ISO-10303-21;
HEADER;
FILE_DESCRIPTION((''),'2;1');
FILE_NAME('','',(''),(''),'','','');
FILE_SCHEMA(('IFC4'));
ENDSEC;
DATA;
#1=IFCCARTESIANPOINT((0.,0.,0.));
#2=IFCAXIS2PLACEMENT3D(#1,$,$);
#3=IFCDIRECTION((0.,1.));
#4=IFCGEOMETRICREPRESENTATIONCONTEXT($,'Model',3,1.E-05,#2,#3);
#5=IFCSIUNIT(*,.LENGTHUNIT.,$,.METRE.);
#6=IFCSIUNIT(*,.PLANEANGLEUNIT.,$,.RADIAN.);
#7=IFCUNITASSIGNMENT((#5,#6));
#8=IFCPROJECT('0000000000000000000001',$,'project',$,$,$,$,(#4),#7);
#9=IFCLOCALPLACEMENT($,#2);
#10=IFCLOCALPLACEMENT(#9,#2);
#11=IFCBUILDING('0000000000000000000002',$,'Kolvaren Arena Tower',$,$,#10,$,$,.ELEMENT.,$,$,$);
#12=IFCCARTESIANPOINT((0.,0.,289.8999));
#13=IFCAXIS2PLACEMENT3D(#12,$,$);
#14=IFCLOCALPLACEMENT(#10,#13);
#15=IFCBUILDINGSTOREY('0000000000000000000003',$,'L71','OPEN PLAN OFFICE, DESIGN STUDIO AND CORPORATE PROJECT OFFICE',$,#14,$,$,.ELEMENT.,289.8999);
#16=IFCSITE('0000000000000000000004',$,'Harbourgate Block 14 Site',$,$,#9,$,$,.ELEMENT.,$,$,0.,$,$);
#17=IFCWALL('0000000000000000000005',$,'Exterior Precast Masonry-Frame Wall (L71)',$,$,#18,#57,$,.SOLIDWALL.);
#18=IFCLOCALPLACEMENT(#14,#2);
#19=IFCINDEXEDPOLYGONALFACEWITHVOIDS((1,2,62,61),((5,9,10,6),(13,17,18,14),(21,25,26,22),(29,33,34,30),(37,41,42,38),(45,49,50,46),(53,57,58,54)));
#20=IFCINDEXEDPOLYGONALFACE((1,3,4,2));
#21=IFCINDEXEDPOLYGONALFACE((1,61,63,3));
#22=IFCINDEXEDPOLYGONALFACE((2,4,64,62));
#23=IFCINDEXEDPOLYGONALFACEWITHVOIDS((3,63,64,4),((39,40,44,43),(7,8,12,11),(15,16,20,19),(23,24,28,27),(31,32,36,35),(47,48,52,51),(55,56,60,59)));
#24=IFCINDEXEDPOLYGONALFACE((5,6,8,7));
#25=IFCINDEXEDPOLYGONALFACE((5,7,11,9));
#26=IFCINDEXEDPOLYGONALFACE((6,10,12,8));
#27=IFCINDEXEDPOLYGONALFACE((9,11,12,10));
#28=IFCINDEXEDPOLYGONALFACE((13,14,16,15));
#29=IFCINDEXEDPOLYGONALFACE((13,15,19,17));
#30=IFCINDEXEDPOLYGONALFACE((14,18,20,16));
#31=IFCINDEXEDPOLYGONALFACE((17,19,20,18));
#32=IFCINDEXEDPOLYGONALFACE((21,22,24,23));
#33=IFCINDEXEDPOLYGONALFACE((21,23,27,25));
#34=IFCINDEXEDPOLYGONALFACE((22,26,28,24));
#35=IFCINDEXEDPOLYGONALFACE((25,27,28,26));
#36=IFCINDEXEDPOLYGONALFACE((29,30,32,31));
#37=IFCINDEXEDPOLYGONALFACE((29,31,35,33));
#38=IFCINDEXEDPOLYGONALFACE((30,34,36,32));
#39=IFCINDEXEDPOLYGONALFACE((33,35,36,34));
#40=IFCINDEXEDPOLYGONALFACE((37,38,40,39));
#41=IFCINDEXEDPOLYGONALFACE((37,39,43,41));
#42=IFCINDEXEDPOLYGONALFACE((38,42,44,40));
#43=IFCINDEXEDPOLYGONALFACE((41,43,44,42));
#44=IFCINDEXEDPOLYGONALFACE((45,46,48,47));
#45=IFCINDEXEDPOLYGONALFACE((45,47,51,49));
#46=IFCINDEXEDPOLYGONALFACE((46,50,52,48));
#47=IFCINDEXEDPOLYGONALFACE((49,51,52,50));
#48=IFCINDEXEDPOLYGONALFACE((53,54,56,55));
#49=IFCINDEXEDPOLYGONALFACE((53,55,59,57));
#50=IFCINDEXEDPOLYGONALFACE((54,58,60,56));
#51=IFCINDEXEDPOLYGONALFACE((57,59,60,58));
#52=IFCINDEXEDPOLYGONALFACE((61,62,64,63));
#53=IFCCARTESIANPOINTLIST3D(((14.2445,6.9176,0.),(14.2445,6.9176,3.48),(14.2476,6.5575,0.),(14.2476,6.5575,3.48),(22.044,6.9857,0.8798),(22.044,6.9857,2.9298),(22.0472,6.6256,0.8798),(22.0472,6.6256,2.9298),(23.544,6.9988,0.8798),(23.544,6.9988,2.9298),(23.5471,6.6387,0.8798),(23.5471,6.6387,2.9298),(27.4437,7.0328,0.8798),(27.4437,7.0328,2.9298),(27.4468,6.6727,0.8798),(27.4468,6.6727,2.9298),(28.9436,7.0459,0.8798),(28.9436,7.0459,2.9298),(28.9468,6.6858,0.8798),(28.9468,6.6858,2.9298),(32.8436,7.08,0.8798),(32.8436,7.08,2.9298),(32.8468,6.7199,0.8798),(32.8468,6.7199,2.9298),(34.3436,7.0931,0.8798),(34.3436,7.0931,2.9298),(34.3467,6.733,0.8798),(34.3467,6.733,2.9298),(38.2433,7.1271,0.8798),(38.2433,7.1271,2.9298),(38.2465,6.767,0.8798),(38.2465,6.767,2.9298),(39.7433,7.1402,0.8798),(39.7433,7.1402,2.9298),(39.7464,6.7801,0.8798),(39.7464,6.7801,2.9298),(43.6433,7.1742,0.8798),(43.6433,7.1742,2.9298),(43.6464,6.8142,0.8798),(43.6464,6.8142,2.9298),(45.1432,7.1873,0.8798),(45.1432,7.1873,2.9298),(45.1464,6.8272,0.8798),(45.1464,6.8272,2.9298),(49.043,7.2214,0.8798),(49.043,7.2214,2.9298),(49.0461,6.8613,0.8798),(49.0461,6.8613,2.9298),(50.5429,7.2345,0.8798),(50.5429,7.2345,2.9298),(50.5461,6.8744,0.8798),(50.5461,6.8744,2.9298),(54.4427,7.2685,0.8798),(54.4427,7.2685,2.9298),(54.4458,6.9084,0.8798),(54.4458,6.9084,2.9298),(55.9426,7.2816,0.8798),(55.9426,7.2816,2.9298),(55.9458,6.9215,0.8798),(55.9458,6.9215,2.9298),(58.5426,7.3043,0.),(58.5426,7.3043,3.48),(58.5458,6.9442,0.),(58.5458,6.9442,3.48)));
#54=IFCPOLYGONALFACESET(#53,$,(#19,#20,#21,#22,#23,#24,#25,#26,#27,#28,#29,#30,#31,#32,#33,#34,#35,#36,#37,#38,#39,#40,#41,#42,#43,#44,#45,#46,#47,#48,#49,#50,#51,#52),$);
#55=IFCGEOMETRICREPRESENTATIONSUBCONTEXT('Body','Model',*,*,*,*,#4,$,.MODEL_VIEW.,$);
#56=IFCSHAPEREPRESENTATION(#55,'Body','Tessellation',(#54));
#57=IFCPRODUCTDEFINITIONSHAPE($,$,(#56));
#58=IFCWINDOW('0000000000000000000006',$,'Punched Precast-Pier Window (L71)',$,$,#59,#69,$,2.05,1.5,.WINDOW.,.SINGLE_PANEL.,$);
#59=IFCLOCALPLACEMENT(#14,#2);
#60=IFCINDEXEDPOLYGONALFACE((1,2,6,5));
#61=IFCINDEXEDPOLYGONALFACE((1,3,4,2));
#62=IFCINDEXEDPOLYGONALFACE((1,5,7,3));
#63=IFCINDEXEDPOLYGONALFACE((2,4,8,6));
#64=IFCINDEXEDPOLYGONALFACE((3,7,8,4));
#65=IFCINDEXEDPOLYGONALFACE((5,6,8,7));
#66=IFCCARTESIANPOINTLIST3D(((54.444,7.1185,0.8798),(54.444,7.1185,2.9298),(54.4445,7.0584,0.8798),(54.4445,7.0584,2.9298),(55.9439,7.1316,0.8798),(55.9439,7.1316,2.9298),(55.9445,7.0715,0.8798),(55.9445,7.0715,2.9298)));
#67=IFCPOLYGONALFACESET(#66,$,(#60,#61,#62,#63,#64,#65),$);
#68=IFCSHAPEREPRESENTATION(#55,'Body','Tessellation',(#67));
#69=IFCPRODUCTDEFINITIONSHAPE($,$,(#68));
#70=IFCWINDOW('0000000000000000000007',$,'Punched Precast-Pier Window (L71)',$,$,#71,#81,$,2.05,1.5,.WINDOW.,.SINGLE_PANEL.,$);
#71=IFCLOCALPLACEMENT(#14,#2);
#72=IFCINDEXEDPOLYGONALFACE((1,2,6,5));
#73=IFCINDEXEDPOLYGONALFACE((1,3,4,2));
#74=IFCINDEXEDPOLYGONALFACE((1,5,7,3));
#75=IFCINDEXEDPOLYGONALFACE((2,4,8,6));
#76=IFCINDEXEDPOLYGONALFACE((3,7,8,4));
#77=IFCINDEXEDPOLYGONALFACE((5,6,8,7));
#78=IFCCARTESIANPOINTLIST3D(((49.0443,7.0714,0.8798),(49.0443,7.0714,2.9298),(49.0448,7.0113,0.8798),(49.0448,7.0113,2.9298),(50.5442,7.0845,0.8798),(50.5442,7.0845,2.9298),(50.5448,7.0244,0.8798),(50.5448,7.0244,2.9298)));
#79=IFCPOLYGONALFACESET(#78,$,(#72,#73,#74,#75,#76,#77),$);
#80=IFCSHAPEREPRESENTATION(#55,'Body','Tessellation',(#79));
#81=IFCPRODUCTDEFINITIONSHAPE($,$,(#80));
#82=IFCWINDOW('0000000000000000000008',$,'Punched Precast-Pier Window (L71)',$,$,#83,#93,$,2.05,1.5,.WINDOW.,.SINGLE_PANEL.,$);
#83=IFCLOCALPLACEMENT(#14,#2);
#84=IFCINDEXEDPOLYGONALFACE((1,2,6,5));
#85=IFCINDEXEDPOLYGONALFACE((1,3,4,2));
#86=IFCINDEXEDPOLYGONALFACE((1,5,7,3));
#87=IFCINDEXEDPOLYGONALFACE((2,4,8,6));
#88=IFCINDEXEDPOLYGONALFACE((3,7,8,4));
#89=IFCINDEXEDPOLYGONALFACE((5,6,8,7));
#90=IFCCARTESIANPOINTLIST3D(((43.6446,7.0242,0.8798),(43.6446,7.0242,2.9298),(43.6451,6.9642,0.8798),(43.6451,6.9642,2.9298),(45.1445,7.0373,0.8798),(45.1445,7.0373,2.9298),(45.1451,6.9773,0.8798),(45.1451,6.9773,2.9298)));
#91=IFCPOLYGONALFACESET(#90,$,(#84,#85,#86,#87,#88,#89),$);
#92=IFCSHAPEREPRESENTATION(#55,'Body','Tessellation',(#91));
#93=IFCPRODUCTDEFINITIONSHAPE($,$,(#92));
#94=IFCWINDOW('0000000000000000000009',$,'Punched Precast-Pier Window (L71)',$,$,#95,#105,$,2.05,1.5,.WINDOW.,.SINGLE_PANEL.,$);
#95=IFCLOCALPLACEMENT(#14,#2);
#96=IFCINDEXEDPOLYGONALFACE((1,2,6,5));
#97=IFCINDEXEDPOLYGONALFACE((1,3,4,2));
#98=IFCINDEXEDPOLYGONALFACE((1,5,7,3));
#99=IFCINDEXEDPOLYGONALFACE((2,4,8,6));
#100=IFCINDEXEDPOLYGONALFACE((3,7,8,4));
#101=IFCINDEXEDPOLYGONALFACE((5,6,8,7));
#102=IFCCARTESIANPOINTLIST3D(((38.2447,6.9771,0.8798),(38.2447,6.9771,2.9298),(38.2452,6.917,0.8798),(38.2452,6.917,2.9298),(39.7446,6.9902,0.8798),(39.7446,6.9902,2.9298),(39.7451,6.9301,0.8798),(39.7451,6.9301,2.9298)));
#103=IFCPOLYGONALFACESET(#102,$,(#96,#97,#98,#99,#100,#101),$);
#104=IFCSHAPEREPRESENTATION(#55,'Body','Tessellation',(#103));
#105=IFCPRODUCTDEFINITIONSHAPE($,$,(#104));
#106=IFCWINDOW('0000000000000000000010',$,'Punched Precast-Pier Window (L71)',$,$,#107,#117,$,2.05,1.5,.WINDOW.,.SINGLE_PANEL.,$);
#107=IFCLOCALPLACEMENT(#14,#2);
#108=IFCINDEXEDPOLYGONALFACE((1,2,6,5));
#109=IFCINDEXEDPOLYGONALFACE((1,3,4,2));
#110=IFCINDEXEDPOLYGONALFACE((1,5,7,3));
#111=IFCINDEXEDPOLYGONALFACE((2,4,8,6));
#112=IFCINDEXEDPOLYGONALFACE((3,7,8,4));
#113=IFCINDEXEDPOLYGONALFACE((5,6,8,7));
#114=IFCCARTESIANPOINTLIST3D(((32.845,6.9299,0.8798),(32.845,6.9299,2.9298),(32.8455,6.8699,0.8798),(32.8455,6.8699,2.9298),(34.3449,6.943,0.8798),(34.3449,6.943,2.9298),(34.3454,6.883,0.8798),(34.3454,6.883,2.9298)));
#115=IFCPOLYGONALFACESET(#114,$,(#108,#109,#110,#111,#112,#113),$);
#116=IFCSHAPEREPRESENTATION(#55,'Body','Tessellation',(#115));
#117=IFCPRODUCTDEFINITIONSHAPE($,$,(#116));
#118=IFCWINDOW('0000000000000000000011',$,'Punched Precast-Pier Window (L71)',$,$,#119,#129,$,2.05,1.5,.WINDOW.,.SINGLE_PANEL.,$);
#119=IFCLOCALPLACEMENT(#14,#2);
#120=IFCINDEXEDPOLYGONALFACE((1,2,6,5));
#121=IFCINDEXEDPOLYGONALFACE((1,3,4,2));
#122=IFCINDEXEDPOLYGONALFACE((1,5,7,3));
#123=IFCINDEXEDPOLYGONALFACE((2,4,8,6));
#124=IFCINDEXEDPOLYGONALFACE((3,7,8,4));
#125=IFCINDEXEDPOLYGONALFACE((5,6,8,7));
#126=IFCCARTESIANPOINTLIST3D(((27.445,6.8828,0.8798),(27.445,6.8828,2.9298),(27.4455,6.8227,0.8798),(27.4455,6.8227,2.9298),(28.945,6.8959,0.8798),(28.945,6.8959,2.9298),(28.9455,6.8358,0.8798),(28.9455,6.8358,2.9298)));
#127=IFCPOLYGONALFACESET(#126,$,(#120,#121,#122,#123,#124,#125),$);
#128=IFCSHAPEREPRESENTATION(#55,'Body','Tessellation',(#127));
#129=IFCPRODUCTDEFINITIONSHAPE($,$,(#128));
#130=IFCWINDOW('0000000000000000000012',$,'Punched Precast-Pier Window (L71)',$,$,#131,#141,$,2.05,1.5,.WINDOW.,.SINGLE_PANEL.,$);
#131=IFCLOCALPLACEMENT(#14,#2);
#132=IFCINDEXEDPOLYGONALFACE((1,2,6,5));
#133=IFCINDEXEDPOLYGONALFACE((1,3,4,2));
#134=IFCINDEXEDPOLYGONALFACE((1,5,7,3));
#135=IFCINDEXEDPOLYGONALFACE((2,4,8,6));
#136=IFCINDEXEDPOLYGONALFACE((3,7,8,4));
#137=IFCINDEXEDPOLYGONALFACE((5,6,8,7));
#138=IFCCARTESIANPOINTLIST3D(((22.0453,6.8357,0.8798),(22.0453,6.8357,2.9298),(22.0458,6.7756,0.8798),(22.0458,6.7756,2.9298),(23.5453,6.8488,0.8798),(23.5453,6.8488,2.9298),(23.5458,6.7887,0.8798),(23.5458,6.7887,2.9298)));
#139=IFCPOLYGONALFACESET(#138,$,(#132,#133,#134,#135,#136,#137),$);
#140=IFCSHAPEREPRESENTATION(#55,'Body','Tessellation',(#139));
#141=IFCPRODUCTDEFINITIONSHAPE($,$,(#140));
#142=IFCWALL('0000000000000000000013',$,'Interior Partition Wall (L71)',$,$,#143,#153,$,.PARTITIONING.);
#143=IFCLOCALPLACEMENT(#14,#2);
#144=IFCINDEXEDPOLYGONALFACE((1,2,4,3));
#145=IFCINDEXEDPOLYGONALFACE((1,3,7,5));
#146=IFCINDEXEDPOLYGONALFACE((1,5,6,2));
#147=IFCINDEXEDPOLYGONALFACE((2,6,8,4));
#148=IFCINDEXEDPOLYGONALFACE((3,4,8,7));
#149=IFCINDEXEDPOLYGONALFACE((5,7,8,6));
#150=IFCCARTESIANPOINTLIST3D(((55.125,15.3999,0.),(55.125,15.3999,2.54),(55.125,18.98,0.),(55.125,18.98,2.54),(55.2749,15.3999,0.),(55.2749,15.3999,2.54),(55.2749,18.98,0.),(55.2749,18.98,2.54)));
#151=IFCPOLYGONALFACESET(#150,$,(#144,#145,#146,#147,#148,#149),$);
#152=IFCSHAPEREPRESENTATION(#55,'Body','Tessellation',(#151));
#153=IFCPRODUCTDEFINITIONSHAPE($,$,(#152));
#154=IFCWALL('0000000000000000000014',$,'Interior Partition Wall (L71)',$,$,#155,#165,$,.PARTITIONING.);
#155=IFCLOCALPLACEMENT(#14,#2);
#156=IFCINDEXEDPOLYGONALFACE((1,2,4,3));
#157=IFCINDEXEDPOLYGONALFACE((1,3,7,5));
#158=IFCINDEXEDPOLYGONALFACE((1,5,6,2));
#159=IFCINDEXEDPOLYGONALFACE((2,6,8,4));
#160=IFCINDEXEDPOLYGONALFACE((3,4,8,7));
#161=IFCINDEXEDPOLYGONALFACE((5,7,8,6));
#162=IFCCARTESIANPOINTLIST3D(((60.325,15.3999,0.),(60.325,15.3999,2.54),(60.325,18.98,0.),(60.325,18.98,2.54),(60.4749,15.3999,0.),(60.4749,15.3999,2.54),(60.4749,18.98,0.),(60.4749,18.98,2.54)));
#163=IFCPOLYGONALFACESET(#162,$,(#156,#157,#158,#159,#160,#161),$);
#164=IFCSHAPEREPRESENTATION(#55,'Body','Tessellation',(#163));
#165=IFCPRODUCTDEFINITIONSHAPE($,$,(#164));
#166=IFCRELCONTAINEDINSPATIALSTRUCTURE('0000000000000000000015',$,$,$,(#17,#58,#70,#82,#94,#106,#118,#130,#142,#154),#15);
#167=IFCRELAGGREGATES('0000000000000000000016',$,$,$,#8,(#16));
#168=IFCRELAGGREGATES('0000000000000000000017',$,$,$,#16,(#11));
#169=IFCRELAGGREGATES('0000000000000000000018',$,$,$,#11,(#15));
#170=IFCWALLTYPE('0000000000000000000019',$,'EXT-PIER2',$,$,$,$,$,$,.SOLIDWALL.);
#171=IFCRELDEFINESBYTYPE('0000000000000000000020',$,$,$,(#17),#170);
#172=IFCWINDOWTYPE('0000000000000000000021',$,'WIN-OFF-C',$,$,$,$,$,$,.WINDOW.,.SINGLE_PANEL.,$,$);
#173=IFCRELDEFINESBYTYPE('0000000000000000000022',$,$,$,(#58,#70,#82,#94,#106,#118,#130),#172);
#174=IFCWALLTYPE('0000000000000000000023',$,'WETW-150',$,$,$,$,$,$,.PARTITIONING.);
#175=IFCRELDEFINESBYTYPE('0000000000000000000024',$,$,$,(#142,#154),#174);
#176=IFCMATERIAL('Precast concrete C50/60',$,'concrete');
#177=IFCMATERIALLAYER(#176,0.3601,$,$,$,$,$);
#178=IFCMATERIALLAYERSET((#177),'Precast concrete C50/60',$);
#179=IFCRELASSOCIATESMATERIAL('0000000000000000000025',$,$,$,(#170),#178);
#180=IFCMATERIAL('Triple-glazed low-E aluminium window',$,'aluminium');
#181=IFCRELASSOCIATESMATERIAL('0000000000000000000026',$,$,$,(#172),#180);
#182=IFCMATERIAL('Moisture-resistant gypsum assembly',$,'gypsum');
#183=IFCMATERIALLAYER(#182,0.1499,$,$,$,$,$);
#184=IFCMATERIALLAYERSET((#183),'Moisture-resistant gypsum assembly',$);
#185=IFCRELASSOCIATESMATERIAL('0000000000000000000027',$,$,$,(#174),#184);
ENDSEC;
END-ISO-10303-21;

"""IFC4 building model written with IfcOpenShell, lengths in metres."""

from ifc_helpers import new_model, si_unit, direction, frame, frame_2d, origin, place, context, subcontext, project, spatial, rectangle, extrude, material, layer, layer_set, type_object, element, fill, save


model = new_model("IFC4")

# Units and contexts
model_context = context("Model", 3, precision=1e-05, world=origin(), true_north=direction((0.0, 1.0)))
body_context = subcontext(model_context, "Body", "Model", "MODEL_VIEW")
ifc_project = project(units=[si_unit("LENGTHUNIT", "METRE"), si_unit("PLANEANGLEUNIT", "RADIAN")], contexts=[model_context])

# Site, building, storey
site_placement = place(None, origin())
site = spatial("IfcSite", under=ifc_project, at=site_placement, Name="Harbourgate Block 14 Site", CompositionType="ELEMENT", RefElevation=0.0)
building_placement = place(site_placement, origin())
building = spatial("IfcBuilding", under=site, at=building_placement, Name="Kolvaren Arena Tower", CompositionType="ELEMENT")
storey_placement = place(building_placement, frame((0.0, 0.0, 289.8999)))
storey = spatial("IfcBuildingStorey", under=building, at=storey_placement, Name="L71", Description="OPEN PLAN OFFICE, DESIGN STUDIO AND CORPORATE PROJECT OFFICE", CompositionType="ELEMENT", Elevation=289.8999)

# Shared definitions
ifc_material_1 = material(Name="Precast concrete C50/60", Category="concrete")

# Shared definitions
ifc_layer_1 = layer(ifc_material_1, 0.3601)
ifc_layer_set_1 = layer_set([ifc_layer_1], Name="Precast concrete C50/60")
wall_type_1 = type_object("IfcWallType", Name="EXT-PIER2", PredefinedType="SOLIDWALL", material=ifc_layer_set_1)

# Wall, openings, windows
wall_1_placement = place(storey_placement, frame((58.5442, 7.1243, 0.0), z_axis=(0.0, 0.0, 1.0), x_axis=(-0.999962, -0.00873, 0.0)))
wall_1 = element("IfcWall", 1, at=wall_1_placement, inside=storey, type_object=wall_type_1, Name="Exterior Precast Masonry-Frame Wall (L71)", PredefinedType="SOLIDWALL", context=body_context, shape_type="SweptSolid", body=[
    extrude(rectangle(XDim=44.2998, YDim=0.3601, at=frame_2d((22.1499, 0.0))), origin(), (0.0, 0.0, 1.0), 3.48),
])
opening_1_placement = place(wall_1_placement, frame((2.6001, 0.0, 0.8799)))
opening_1 = element("IfcOpeningElement", 2, at=opening_1_placement, cuts=wall_1, PredefinedType="OPENING", context=body_context, shape_type="SweptSolid", body=[
    extrude(rectangle(XDim=1.5, YDim=2.05, at=frame_2d((0.75, 1.0249))), frame((0.0, 0.1899, 0.0), z_axis=(0.0, -1.0, 0.0), x_axis=(1.0, 0.0, 0.0)), (0.0, 0.0, 1.0), 0.3801),
])
opening_2_placement = place(wall_1_placement, frame((8.0, 0.0, 0.8799)))
opening_2 = element("IfcOpeningElement", 3, at=opening_2_placement, cuts=wall_1, PredefinedType="OPENING", context=body_context, shape_type="SweptSolid", body=[
    extrude(rectangle(XDim=1.5, YDim=2.05, at=frame_2d((0.75, 1.0249))), frame((0.0, 0.1899, 0.0), z_axis=(0.0, -1.0, 0.0), x_axis=(1.0, 0.0, 0.0)), (0.0, 0.0, 1.0), 0.3801),
])
opening_3_placement = place(wall_1_placement, frame((13.3999, 0.0, 0.8799)))
opening_3 = element("IfcOpeningElement", 4, at=opening_3_placement, cuts=wall_1, PredefinedType="OPENING", context=body_context, shape_type="SweptSolid", body=[
    extrude(rectangle(XDim=1.5, YDim=2.05, at=frame_2d((0.75, 1.0249))), frame((0.0, 0.1899, 0.0), z_axis=(0.0, -1.0, 0.0), x_axis=(1.0, 0.0, 0.0)), (0.0, 0.0, 1.0), 0.3801),
])
opening_4_placement = place(wall_1_placement, frame((18.8, 0.0, 0.8799)))
opening_4 = element("IfcOpeningElement", 5, at=opening_4_placement, cuts=wall_1, PredefinedType="OPENING", context=body_context, shape_type="SweptSolid", body=[
    extrude(rectangle(XDim=1.5, YDim=2.05, at=frame_2d((0.75, 1.0249))), frame((0.0, 0.1899, 0.0), z_axis=(0.0, -1.0, 0.0), x_axis=(1.0, 0.0, 0.0)), (0.0, 0.0, 1.0), 0.3801),
])
opening_5_placement = place(wall_1_placement, frame((24.2, 0.0, 0.8799)))
opening_5 = element("IfcOpeningElement", 6, at=opening_5_placement, cuts=wall_1, PredefinedType="OPENING", context=body_context, shape_type="SweptSolid", body=[
    extrude(rectangle(XDim=1.5, YDim=2.05, at=frame_2d((0.75, 1.0249))), frame((0.0, 0.1899, 0.0), z_axis=(0.0, -1.0, 0.0), x_axis=(1.0, 0.0, 0.0)), (0.0, 0.0, 1.0), 0.3801),
])
opening_6_placement = place(wall_1_placement, frame((29.6001, 0.0, 0.8799)))
opening_6 = element("IfcOpeningElement", 7, at=opening_6_placement, cuts=wall_1, PredefinedType="OPENING", context=body_context, shape_type="SweptSolid", body=[
    extrude(rectangle(XDim=1.5, YDim=2.05, at=frame_2d((0.75, 1.0249))), frame((0.0, 0.1899, 0.0), z_axis=(0.0, -1.0, 0.0), x_axis=(1.0, 0.0, 0.0)), (0.0, 0.0, 1.0), 0.3801),
])
opening_7_placement = place(wall_1_placement, frame((35.0, 0.0, 0.8799)))
opening_7 = element("IfcOpeningElement", 8, at=opening_7_placement, cuts=wall_1, PredefinedType="OPENING", context=body_context, shape_type="SweptSolid", body=[
    extrude(rectangle(XDim=1.5, YDim=2.05, at=frame_2d((0.75, 1.0249))), frame((0.0, 0.1899, 0.0), z_axis=(0.0, -1.0, 0.0), x_axis=(1.0, 0.0, 0.0)), (0.0, 0.0, 1.0), 0.3801),
])
ifc_material_2 = material(Name="Triple-glazed low-E aluminium window", Category="aluminium")
window_type = type_object("IfcWindowType", Name="WIN-OFF-C", PartitioningType="SINGLE_PANEL", PredefinedType="WINDOW", material=ifc_material_2)
window_1_placement = place(opening_1_placement, origin())
window_1 = element("IfcWindow", 9, at=window_1_placement, inside=storey, type_object=window_type, Name="Punched Precast-Pier Window (L71)", OverallHeight=2.05, OverallWidth=1.5, PartitioningType="SINGLE_PANEL", PredefinedType="WINDOW", context=body_context, shape_type="SweptSolid", body=[
    extrude(rectangle(XDim=1.5, YDim=2.05, at=frame_2d((0.75, 1.0249))), frame((0.0, 0.03, 0.0), z_axis=(0.0, -1.0, 0.0), x_axis=(1.0, 0.0, 0.0)), (0.0, 0.0, 1.0), 0.0601),
])
fill(opening_1, window_1)
window_2_placement = place(opening_2_placement, origin())
window_2 = element("IfcWindow", 10, at=window_2_placement, inside=storey, type_object=window_type, Name="Punched Precast-Pier Window (L71)", OverallHeight=2.05, OverallWidth=1.5, PartitioningType="SINGLE_PANEL", PredefinedType="WINDOW", context=body_context, shape_type="SweptSolid", body=[
    extrude(rectangle(XDim=1.5, YDim=2.05, at=frame_2d((0.75, 1.0249))), frame((0.0, 0.03, 0.0), z_axis=(0.0, -1.0, 0.0), x_axis=(1.0, 0.0, 0.0)), (0.0, 0.0, 1.0), 0.0601),
])
fill(opening_2, window_2)
window_3_placement = place(opening_3_placement, origin())
window_3 = element("IfcWindow", 11, at=window_3_placement, inside=storey, type_object=window_type, Name="Punched Precast-Pier Window (L71)", OverallHeight=2.05, OverallWidth=1.5, PartitioningType="SINGLE_PANEL", PredefinedType="WINDOW", context=body_context, shape_type="SweptSolid", body=[
    extrude(rectangle(XDim=1.5, YDim=2.05, at=frame_2d((0.75, 1.0249))), frame((0.0, 0.03, 0.0), z_axis=(0.0, -1.0, 0.0), x_axis=(1.0, 0.0, 0.0)), (0.0, 0.0, 1.0), 0.0601),
])
fill(opening_3, window_3)
window_4_placement = place(opening_4_placement, origin())
window_4 = element("IfcWindow", 12, at=window_4_placement, inside=storey, type_object=window_type, Name="Punched Precast-Pier Window (L71)", OverallHeight=2.05, OverallWidth=1.5, PartitioningType="SINGLE_PANEL", PredefinedType="WINDOW", context=body_context, shape_type="SweptSolid", body=[
    extrude(rectangle(XDim=1.5, YDim=2.05, at=frame_2d((0.75, 1.0249))), frame((0.0, 0.03, 0.0), z_axis=(0.0, -1.0, 0.0), x_axis=(1.0, 0.0, 0.0)), (0.0, 0.0, 1.0), 0.0601),
])
fill(opening_4, window_4)
window_5_placement = place(opening_5_placement, origin())
window_5 = element("IfcWindow", 13, at=window_5_placement, inside=storey, type_object=window_type, Name="Punched Precast-Pier Window (L71)", OverallHeight=2.05, OverallWidth=1.5, PartitioningType="SINGLE_PANEL", PredefinedType="WINDOW", context=body_context, shape_type="SweptSolid", body=[
    extrude(rectangle(XDim=1.5, YDim=2.05, at=frame_2d((0.75, 1.0249))), frame((0.0, 0.03, 0.0), z_axis=(0.0, -1.0, 0.0), x_axis=(1.0, 0.0, 0.0)), (0.0, 0.0, 1.0), 0.0601),
])
fill(opening_5, window_5)
window_6_placement = place(opening_6_placement, origin())
window_6 = element("IfcWindow", 14, at=window_6_placement, inside=storey, type_object=window_type, Name="Punched Precast-Pier Window (L71)", OverallHeight=2.05, OverallWidth=1.5, PartitioningType="SINGLE_PANEL", PredefinedType="WINDOW", context=body_context, shape_type="SweptSolid", body=[
    extrude(rectangle(XDim=1.5, YDim=2.05, at=frame_2d((0.75, 1.0249))), frame((0.0, 0.03, 0.0), z_axis=(0.0, -1.0, 0.0), x_axis=(1.0, 0.0, 0.0)), (0.0, 0.0, 1.0), 0.0601),
])
fill(opening_6, window_6)
window_7_placement = place(opening_7_placement, origin())
window_7 = element("IfcWindow", 15, at=window_7_placement, inside=storey, type_object=window_type, Name="Punched Precast-Pier Window (L71)", OverallHeight=2.05, OverallWidth=1.5, PartitioningType="SINGLE_PANEL", PredefinedType="WINDOW", context=body_context, shape_type="SweptSolid", body=[
    extrude(rectangle(XDim=1.5, YDim=2.05, at=frame_2d((0.75, 1.0249))), frame((0.0, 0.03, 0.0), z_axis=(0.0, -1.0, 0.0), x_axis=(1.0, 0.0, 0.0)), (0.0, 0.0, 1.0), 0.0601),
])
fill(opening_7, window_7)

# Walls
ifc_material_3 = material(Name="Moisture-resistant gypsum assembly", Category="gypsum")
ifc_layer_2 = layer(ifc_material_3, 0.1499)
ifc_layer_set_2 = layer_set([ifc_layer_2], Name="Moisture-resistant gypsum assembly")
wall_type_2 = type_object("IfcWallType", Name="WETW-150", PredefinedType="PARTITIONING", material=ifc_layer_set_2)
for number, where, z_axis, x_axis, name in (
    (16, (55.2, 15.3999, 0.0), (0.0, 0.0, 1.0), (0.0, 1.0, 0.0), "Interior Partition Wall (L71)"),
    (17, (60.3999, 15.3999, 0.0), (0.0, 0.0, 1.0), (0.0, 1.0, 0.0), "Interior Partition Wall (L71)"),
):
    element("IfcWall", number, at=place(storey_placement, frame(where, z_axis=z_axis, x_axis=x_axis)), inside=storey, type_object=wall_type_2, Name=name, PredefinedType="PARTITIONING", context=body_context, shape_type="SweptSolid", body=[
        extrude(rectangle(XDim=3.5801, YDim=0.1499, at=frame_2d((1.79, 0.0))), origin(), (0.0, 0.0, 1.0), 2.54),
    ])

save(model, "model.ifc")
